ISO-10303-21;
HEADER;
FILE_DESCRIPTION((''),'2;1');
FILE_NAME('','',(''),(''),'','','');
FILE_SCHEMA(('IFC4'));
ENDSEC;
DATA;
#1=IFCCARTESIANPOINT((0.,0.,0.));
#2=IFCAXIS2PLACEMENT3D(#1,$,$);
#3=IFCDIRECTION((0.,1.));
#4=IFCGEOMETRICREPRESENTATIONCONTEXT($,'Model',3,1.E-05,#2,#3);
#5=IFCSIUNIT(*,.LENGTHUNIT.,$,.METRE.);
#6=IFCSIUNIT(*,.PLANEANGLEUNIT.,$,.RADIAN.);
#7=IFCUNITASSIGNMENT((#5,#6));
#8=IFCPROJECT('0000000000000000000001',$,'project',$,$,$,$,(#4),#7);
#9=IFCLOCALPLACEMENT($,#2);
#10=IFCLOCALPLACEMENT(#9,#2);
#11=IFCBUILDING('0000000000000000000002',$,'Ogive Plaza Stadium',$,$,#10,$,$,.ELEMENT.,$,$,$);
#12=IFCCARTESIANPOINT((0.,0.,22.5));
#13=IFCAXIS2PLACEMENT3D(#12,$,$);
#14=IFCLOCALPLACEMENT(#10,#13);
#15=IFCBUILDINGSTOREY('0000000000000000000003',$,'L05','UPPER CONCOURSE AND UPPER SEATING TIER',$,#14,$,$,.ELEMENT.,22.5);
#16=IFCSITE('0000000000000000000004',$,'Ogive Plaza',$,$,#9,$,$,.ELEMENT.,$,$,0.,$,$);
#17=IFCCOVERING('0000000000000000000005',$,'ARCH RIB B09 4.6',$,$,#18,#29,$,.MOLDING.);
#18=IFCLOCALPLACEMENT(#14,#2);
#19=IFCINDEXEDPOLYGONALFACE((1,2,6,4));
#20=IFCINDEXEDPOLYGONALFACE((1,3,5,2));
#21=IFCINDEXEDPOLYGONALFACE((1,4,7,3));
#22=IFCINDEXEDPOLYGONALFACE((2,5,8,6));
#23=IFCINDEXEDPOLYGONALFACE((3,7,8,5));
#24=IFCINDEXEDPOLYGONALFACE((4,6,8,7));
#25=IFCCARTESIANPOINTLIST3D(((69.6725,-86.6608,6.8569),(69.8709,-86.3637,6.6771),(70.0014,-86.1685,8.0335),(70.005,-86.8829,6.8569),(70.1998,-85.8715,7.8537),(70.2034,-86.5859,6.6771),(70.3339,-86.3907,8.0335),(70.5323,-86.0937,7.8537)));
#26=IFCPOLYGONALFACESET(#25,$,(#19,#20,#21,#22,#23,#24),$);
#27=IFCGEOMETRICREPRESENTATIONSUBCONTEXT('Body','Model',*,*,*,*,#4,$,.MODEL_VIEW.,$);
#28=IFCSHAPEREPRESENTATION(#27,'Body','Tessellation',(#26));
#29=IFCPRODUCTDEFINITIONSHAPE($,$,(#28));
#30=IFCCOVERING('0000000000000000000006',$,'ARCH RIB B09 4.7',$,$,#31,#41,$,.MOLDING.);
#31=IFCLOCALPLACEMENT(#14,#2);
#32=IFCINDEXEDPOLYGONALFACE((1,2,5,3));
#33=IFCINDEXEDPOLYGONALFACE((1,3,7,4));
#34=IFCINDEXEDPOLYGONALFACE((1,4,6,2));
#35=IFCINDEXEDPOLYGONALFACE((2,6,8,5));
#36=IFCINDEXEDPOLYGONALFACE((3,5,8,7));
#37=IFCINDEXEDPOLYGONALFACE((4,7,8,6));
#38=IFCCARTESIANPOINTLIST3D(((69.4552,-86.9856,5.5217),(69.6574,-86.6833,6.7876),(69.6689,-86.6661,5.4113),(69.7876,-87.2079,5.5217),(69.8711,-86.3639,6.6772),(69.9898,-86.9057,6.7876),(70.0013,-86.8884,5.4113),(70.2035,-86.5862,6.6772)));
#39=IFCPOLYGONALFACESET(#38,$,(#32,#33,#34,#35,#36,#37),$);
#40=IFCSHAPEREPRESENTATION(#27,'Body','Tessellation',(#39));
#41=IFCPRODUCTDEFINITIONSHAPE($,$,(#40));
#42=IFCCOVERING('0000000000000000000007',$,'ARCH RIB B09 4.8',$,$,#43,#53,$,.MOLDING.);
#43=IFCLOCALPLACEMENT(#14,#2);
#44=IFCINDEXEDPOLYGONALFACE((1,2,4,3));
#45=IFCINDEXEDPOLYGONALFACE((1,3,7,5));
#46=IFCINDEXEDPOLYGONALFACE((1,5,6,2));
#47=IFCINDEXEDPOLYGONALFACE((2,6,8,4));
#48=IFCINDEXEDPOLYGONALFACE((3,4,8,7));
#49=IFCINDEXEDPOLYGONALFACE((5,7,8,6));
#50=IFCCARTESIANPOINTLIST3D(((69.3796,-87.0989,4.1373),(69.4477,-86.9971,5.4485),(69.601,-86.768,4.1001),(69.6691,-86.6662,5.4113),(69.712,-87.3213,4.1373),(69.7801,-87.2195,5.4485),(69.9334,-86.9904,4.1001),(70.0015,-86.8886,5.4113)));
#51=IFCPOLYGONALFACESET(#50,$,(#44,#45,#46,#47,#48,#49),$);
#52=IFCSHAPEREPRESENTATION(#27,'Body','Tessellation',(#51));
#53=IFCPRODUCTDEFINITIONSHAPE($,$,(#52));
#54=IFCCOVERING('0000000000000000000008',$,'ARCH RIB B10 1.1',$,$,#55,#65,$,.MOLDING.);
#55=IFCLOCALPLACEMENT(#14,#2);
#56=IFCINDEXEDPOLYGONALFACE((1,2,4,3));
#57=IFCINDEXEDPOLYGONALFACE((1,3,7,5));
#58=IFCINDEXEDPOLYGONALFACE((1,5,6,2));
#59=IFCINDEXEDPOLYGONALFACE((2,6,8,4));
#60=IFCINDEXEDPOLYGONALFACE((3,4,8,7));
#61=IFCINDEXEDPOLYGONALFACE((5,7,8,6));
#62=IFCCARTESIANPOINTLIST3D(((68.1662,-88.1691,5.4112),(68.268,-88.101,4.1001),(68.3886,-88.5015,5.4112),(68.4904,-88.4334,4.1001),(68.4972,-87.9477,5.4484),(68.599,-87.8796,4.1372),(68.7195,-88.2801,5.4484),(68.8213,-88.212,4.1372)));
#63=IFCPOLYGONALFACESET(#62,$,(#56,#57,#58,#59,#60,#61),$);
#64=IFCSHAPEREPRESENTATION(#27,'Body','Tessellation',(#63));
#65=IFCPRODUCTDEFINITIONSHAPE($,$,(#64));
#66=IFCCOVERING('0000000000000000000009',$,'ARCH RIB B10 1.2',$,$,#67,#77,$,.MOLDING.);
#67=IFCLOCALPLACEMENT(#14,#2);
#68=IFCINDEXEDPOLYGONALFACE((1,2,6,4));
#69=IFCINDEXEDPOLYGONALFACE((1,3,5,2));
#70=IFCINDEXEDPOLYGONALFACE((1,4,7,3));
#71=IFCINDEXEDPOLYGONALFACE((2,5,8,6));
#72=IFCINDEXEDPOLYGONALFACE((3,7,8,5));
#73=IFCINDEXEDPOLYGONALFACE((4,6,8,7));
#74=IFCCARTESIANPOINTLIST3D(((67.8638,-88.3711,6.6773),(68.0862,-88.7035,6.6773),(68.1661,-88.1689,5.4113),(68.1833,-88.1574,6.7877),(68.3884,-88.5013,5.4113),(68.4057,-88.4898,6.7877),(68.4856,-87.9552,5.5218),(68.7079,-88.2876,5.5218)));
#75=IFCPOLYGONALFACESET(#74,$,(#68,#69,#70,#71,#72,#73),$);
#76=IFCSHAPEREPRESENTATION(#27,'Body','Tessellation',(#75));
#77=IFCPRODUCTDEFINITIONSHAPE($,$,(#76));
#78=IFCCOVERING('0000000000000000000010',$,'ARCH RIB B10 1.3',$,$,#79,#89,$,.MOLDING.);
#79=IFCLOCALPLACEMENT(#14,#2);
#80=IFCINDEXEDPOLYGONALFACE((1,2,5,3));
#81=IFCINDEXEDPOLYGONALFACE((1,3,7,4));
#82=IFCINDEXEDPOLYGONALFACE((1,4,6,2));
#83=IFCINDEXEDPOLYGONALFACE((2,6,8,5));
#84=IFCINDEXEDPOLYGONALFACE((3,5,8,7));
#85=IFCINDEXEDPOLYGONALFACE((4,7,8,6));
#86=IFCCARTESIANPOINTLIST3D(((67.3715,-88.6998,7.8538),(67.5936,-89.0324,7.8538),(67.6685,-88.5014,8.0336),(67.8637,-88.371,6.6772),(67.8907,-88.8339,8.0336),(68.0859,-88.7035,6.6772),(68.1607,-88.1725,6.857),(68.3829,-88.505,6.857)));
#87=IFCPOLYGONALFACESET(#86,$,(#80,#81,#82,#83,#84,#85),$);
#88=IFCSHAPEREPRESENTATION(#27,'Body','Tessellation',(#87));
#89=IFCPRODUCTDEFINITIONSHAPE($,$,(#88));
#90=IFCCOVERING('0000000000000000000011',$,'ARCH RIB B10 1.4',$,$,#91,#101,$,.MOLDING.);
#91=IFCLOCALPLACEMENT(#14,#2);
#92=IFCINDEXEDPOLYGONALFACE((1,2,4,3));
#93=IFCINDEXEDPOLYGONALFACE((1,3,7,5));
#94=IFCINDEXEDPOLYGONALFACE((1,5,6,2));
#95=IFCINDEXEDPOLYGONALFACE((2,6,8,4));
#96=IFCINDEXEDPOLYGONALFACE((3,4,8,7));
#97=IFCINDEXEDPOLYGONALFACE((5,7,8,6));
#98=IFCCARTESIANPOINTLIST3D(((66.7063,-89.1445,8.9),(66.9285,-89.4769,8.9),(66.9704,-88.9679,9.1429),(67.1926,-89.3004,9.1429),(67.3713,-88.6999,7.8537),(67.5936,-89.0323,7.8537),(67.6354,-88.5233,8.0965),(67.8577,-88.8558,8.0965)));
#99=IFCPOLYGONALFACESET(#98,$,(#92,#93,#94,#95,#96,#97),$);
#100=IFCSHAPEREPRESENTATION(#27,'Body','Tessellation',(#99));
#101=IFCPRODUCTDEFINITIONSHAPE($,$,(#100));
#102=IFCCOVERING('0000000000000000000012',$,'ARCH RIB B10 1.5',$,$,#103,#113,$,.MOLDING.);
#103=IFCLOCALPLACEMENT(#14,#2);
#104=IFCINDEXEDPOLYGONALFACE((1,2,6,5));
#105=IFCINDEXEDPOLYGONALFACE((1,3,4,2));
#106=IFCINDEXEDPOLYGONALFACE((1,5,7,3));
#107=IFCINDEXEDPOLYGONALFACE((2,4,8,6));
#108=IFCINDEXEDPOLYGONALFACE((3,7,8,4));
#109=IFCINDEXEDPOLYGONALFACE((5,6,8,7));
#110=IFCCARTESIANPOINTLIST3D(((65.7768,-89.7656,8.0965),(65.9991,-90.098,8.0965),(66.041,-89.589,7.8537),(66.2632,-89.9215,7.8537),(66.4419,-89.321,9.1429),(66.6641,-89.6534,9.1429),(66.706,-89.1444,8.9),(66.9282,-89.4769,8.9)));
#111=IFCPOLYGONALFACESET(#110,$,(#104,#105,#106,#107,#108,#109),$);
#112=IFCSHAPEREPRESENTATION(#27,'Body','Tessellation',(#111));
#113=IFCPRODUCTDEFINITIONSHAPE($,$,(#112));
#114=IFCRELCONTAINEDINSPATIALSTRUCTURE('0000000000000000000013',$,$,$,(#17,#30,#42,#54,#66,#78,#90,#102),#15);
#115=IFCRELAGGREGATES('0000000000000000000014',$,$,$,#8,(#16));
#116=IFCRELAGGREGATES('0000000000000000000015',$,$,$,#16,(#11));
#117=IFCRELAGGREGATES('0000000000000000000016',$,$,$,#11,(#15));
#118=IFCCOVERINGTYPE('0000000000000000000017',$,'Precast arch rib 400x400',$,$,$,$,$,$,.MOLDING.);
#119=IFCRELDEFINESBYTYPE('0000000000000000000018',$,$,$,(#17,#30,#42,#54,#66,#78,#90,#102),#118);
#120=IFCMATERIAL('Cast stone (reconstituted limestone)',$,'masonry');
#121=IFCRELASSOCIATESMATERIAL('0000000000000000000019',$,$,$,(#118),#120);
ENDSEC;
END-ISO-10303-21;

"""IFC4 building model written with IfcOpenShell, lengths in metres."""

from ifc_helpers import new_model, si_unit, direction, frame, origin, origin_2d, place, context, subcontext, project, spatial, rectangle, extrude, material, material_profile, profile_set, type_object, element, save


model = new_model("IFC4")

# Units and contexts
model_context = context("Model", 3, precision=1e-05, world=origin(), true_north=direction((0.0, 1.0)))
body_context = subcontext(model_context, "Body", "Model", "MODEL_VIEW")
ifc_project = project(units=[si_unit("LENGTHUNIT", "METRE"), si_unit("PLANEANGLEUNIT", "RADIAN")], contexts=[model_context])

# Site, building, storey
site_placement = place(None, origin())
site = spatial("IfcSite", under=ifc_project, at=site_placement, Name="Ogive Plaza", CompositionType="ELEMENT", RefElevation=0.0)
building_placement = place(site_placement, origin())
building = spatial("IfcBuilding", under=site, at=building_placement, Name="Ogive Plaza Stadium", CompositionType="ELEMENT")
storey_placement = place(building_placement, frame((0.0, 0.0, 22.5)))
storey = spatial("IfcBuildingStorey", under=building, at=storey_placement, Name="L05", Description="UPPER CONCOURSE AND UPPER SEATING TIER", CompositionType="ELEMENT", Elevation=22.5)

# Coverings
ifc_material_1 = material(Name="Cast stone (reconstituted limestone)", Category="masonry")
ifc_material_profile_1 = material_profile(ifc_material_1, rectangle(XDim=0.3999, YDim=0.3999, at=origin_2d()), Name="Cast stone 400x400")
ifc_profile_set_1 = profile_set([ifc_material_profile_1], Name="Cast stone (reconstituted limestone)")
covering_type = type_object("IfcCoveringType", Name="Precast arch rib 400x400", PredefinedType="MOLDING", material=ifc_profile_set_1)
for number, where, z_axis, x_axis, name in (
    (1, (70.2668, -86.1311, 7.9436), (-0.249695, -0.373709, -0.893305), (0.831479, -0.555557, 0.0), "ARCH RIB B09 4.6"),
    (2, (69.9304, -86.6348, 6.7324), (-0.153485, -0.229486, -0.961134), (0.831223, -0.555939, 0.0), "ARCH RIB B09 4.7"),
):
    element("IfcCovering", number, at=place(storey_placement, frame(where, z_axis=z_axis, x_axis=x_axis)), inside=storey, type_object=covering_type, Name=name, PredefinedType="MOLDING", context=body_context, shape_type="SweptSolid", body=[
        extrude(rectangle(XDim=0.3999, YDim=0.3999, at=origin_2d()), origin(), (0.0, 0.0, 1.0), 1.3171),
    ])
for number, where, z_axis, x_axis, name in (
    (3, (69.7246, -86.9429, 5.4299), (-0.05172, -0.077303, -0.995665), (0.831129, -0.556079, 0.0), "ARCH RIB B09 4.8"),
    (4, (68.5447, -88.1565, 4.1187), (-0.077303, -0.05172, 0.995665), (0.556079, -0.831129, 0.0), "ARCH RIB B10 1.1"),
):
    element("IfcCovering", number, at=place(storey_placement, frame(where, z_axis=z_axis, x_axis=x_axis)), inside=storey, type_object=covering_type, Name=name, PredefinedType="MOLDING", context=body_context, shape_type="SweptSolid", body=[
        extrude(rectangle(XDim=0.3999, YDim=0.3999, at=origin_2d()), origin(), (0.0, 0.0, 1.0), 1.3169),
    ])
for number, where, z_axis, x_axis, name in (
    (5, (68.437, -88.2283, 5.4666), (-0.229486, -0.153485, 0.961134), (0.555939, -0.831223, 0.0), "ARCH RIB B10 1.2"),
    (6, (68.1233, -88.438, 6.7671), (-0.373709, -0.249695, 0.893305), (0.555557, -0.831479, 0.0), "ARCH RIB B10 1.3"),
    (7, (67.6145, -88.7778, 7.9751), (-0.504912, -0.337535, 0.794439), (0.555756, -0.831345, 0.0), "ARCH RIB B10 1.4"),
    (8, (66.6851, -89.3989, 9.0215), (-0.504912, -0.337535, -0.794439), (0.555756, -0.831345, 0.0), "ARCH RIB B10 1.5"),
):
    element("IfcCovering", number, at=place(storey_placement, frame(where, z_axis=z_axis, x_axis=x_axis)), inside=storey, type_object=covering_type, Name=name, PredefinedType="MOLDING", context=body_context, shape_type="SweptSolid", body=[
        extrude(rectangle(XDim=0.3999, YDim=0.3999, at=origin_2d()), origin(), (0.0, 0.0, 1.0), 1.3171),
    ])

save(model, "model.ifc")
